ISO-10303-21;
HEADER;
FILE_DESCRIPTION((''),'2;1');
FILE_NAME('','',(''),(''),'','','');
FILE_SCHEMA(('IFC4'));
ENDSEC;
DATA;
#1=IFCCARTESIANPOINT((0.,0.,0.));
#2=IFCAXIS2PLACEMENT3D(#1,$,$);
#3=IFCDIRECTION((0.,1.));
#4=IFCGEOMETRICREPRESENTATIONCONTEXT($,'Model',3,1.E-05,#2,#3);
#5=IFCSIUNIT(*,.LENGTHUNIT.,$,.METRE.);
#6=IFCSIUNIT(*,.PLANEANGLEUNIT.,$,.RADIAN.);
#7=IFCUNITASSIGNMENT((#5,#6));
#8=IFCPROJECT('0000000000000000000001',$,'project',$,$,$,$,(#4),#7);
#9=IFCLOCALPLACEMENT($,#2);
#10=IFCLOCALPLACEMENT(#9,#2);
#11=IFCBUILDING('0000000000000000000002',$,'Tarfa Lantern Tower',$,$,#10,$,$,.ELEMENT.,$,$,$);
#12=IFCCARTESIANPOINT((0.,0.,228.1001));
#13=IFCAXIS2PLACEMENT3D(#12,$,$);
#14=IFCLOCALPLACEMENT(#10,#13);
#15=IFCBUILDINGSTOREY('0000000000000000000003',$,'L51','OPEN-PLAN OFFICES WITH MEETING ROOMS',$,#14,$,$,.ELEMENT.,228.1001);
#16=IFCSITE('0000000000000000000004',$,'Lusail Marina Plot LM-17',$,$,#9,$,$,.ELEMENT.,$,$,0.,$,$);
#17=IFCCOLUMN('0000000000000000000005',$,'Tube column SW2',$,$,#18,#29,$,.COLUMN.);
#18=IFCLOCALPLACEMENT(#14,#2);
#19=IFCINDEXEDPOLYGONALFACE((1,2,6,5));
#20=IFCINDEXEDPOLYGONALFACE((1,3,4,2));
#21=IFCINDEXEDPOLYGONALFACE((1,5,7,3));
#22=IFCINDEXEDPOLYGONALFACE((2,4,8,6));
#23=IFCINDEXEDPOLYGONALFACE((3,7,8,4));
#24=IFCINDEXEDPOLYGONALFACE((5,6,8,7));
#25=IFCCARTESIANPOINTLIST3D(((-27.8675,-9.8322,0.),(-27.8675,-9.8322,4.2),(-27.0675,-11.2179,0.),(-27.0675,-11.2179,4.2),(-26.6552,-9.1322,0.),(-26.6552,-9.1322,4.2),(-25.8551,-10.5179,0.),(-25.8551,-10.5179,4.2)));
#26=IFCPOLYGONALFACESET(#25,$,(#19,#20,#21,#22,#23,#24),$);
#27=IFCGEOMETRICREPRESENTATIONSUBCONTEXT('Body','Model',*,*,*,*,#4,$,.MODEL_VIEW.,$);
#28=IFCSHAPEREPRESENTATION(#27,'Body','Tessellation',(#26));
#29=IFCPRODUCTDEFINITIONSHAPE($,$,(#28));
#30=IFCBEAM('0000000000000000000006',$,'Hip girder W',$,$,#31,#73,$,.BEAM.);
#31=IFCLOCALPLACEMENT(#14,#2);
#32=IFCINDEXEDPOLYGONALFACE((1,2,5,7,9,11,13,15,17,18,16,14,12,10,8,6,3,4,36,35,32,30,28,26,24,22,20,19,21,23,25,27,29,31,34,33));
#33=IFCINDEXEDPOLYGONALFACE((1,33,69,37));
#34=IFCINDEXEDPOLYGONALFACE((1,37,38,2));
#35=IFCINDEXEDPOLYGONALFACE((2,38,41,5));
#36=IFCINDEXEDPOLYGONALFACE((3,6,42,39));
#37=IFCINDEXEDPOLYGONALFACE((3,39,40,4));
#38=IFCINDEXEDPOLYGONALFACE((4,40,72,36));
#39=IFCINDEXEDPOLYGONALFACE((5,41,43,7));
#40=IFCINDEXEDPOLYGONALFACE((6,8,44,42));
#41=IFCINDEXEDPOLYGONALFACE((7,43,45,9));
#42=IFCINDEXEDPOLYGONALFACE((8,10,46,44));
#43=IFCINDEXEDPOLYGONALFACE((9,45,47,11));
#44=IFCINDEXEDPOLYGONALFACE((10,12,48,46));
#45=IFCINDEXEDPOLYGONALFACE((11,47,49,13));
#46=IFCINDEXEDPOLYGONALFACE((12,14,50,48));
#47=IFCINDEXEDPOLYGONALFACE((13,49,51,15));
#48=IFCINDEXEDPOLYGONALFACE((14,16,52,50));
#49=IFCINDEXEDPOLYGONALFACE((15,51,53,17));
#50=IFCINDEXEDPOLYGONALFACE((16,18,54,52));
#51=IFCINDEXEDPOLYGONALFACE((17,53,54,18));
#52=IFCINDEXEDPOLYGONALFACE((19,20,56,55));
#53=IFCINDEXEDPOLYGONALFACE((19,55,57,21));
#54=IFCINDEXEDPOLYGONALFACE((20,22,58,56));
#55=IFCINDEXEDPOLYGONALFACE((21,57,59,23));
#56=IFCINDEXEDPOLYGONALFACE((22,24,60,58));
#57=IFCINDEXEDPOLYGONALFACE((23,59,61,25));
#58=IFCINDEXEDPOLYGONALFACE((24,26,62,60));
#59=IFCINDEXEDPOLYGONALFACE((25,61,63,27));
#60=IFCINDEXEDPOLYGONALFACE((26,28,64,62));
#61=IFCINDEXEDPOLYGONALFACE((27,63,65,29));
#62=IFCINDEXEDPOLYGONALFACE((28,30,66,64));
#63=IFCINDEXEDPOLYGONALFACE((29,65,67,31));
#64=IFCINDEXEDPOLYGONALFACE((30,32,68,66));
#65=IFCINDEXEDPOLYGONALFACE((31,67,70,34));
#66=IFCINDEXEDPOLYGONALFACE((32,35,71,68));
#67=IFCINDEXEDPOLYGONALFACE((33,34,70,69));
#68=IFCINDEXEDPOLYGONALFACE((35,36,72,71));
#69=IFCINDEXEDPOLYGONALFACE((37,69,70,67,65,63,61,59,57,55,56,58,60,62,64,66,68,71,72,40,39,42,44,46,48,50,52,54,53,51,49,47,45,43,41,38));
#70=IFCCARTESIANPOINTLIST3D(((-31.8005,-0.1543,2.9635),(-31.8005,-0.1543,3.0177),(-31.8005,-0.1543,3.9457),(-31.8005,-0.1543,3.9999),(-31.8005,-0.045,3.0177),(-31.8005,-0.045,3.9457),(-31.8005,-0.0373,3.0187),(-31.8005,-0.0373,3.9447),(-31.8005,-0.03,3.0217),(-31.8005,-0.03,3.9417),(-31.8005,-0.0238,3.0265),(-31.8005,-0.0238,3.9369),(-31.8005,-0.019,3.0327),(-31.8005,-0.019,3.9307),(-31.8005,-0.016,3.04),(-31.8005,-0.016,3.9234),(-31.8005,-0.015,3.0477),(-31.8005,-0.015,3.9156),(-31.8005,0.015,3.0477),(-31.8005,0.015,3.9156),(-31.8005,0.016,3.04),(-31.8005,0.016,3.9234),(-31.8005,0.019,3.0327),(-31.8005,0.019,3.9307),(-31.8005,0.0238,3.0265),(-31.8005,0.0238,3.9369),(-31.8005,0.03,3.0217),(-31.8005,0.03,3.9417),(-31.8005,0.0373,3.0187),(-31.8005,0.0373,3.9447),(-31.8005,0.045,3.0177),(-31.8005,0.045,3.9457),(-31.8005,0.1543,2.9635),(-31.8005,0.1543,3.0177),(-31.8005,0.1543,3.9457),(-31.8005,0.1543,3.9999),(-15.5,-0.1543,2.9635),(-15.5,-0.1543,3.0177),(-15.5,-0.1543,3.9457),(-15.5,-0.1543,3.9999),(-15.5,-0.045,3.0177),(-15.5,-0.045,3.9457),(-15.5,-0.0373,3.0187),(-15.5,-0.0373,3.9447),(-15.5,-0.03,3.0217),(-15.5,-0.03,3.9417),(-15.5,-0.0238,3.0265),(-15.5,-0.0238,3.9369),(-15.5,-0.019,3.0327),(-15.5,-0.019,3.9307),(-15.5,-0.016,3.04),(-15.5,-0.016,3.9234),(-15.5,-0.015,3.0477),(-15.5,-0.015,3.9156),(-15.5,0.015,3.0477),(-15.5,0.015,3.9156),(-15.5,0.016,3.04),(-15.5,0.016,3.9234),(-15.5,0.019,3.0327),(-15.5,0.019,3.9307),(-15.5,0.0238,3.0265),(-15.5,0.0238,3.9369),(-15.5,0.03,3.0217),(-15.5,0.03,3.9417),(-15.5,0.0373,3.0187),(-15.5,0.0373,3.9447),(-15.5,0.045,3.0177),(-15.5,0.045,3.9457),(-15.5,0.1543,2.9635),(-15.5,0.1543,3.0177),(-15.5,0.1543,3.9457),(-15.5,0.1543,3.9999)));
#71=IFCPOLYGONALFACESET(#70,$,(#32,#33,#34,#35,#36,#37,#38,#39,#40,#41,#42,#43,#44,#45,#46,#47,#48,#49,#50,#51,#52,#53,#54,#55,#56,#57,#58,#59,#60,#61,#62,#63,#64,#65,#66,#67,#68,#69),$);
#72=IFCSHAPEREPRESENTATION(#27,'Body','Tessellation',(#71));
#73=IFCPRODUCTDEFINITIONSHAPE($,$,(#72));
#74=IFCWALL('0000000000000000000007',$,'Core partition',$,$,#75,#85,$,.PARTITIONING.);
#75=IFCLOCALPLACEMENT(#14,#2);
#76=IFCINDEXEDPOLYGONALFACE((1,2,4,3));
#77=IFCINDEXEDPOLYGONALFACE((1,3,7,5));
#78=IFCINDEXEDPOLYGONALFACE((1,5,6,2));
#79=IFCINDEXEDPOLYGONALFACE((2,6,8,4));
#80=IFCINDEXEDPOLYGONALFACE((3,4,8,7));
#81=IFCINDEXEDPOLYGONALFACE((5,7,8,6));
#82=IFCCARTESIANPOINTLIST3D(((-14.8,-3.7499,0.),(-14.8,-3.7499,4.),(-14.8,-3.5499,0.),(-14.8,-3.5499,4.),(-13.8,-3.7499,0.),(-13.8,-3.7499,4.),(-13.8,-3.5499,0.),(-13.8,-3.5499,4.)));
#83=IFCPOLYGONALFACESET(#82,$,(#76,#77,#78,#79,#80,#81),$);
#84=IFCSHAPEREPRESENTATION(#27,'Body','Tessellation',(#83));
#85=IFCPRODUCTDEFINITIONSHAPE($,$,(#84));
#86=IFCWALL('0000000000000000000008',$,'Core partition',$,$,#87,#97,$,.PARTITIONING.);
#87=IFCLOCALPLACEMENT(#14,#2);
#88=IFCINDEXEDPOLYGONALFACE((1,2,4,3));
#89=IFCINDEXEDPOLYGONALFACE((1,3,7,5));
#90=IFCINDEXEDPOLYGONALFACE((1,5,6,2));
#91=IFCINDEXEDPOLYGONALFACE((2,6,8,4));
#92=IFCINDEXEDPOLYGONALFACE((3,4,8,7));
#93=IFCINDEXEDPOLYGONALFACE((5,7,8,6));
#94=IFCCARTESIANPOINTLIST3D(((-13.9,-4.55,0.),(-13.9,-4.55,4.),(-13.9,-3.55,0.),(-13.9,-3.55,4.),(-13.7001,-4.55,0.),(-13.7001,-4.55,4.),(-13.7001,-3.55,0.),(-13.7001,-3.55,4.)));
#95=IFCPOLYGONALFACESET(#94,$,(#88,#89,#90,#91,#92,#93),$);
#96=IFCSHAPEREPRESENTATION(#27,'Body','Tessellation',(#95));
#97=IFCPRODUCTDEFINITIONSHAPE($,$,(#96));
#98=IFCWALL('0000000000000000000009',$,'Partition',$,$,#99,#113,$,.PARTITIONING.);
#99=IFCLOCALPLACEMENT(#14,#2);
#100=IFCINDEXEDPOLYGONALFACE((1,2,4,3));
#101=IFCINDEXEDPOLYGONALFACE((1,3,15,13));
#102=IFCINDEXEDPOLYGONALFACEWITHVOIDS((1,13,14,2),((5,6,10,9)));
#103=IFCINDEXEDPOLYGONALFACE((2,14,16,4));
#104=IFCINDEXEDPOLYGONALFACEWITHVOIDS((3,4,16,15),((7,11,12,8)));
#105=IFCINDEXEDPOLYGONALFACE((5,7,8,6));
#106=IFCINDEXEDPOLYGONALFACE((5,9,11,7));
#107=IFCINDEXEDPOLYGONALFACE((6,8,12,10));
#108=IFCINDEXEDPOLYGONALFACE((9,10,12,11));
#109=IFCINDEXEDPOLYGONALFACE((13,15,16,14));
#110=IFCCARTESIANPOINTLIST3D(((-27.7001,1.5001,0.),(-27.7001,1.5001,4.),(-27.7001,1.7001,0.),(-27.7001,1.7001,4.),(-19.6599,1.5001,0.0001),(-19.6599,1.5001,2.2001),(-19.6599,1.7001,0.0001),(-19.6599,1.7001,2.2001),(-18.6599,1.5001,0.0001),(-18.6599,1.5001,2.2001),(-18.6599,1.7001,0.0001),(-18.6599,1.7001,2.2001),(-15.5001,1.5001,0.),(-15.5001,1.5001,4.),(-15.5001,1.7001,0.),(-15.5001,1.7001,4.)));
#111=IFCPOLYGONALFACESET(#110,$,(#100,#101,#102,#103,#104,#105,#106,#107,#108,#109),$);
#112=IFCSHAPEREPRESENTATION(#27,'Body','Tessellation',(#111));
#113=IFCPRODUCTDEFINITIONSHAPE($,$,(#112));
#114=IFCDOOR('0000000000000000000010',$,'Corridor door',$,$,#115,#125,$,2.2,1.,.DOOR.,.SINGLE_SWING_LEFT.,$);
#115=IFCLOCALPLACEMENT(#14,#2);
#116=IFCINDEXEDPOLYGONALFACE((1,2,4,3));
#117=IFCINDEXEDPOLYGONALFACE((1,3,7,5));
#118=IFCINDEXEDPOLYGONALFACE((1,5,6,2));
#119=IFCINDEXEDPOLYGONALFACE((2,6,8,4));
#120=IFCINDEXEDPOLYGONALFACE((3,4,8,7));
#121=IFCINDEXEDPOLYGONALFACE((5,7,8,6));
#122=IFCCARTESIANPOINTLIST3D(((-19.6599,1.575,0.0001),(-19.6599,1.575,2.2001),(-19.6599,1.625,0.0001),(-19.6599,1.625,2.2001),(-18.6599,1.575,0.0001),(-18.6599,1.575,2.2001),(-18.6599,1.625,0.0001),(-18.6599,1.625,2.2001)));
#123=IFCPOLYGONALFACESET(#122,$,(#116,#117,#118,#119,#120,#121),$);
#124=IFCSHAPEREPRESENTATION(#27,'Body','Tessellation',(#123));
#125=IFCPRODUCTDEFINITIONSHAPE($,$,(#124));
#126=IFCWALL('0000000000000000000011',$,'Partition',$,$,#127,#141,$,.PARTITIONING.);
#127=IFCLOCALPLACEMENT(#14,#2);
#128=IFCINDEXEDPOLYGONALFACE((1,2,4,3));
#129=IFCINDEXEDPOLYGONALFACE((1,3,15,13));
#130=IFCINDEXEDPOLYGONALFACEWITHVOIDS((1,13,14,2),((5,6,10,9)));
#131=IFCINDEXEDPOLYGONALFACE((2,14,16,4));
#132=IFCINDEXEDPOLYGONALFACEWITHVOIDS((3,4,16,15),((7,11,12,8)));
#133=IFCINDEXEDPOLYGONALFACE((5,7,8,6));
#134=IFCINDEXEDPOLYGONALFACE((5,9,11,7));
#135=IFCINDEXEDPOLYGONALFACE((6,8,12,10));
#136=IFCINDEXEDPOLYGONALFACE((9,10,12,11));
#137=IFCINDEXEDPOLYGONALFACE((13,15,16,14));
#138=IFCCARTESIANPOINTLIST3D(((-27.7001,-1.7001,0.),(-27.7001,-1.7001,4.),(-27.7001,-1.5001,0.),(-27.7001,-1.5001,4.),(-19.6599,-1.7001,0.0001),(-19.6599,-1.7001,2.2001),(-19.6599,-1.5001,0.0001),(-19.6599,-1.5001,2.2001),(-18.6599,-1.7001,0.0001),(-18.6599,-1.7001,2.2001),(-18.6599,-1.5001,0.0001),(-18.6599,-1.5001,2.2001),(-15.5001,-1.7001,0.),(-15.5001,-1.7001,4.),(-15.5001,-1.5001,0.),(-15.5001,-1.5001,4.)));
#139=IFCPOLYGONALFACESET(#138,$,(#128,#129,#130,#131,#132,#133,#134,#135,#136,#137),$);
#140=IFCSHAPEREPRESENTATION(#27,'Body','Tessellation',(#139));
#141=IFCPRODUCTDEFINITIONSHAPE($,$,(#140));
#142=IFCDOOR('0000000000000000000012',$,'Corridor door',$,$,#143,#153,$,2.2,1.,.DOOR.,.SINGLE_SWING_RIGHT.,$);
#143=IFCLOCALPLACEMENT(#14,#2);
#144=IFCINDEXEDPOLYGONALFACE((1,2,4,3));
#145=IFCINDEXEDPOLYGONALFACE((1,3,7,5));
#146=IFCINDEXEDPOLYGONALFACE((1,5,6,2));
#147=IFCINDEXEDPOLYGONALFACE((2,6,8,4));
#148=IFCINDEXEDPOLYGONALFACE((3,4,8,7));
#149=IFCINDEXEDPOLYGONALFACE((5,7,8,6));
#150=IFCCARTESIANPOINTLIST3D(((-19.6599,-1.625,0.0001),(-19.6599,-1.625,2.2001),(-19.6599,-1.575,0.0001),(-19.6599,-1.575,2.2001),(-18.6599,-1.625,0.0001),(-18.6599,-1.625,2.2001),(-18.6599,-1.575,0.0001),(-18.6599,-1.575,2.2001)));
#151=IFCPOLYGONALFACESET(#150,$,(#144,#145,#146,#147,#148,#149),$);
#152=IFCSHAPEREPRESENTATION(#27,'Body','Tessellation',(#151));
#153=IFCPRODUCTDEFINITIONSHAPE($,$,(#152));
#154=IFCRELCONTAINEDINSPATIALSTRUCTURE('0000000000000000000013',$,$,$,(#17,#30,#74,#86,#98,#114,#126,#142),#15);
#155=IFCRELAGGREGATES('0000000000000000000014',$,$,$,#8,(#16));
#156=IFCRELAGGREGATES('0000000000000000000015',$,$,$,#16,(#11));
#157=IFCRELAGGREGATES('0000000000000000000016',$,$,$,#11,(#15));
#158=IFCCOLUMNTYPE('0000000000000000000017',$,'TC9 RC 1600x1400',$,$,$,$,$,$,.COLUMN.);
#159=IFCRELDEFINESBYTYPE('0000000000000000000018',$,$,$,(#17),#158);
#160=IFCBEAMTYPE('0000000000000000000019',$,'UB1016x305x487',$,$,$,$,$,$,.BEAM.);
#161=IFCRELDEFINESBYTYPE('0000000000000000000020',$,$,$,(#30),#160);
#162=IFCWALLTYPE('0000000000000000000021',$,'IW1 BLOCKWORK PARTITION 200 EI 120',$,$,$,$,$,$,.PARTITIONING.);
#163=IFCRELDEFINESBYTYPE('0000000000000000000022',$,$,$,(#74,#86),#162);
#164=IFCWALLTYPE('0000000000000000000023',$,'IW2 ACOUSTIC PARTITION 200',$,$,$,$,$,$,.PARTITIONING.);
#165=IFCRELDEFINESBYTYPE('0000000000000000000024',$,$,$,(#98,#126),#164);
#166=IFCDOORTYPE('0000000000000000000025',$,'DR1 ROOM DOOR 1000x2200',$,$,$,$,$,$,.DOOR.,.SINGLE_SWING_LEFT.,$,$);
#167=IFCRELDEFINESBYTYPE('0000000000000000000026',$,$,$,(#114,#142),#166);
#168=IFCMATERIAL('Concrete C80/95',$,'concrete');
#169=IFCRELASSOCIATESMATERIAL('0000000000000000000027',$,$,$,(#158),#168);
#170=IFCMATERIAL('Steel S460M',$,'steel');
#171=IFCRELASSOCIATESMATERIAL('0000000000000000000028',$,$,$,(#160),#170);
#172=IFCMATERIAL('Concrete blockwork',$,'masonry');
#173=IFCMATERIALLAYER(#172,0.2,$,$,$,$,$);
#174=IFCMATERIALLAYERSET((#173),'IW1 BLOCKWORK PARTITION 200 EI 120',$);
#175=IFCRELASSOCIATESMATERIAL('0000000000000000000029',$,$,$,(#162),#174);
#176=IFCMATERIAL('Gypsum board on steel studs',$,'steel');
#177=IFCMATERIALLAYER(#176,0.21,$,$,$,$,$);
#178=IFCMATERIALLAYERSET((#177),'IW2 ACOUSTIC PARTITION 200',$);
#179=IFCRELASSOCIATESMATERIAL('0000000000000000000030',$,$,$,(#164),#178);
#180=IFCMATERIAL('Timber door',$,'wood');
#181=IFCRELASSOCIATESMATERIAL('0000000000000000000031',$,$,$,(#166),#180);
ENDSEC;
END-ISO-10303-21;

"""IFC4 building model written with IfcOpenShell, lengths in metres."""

from ifc_helpers import new_model, si_unit, direction, frame, frame_2d, origin, origin_2d, place, context, subcontext, project, spatial, rectangle, i_section, extrude, material, layer, layer_set, material_profile, profile_set, type_object, element, fill, save


model = new_model("IFC4")

# Units and contexts
model_context = context("Model", 3, precision=1e-05, world=origin(), true_north=direction((0.0, 1.0)))
body_context = subcontext(model_context, "Body", "Model", "MODEL_VIEW")
ifc_project = project(units=[si_unit("LENGTHUNIT", "METRE"), si_unit("PLANEANGLEUNIT", "RADIAN")], contexts=[model_context])

# Site, building, storey
site_placement = place(None, origin())
site = spatial("IfcSite", under=ifc_project, at=site_placement, Name="Lusail Marina Plot LM-17", CompositionType="ELEMENT", RefElevation=0.0)
building_placement = place(site_placement, origin())
building = spatial("IfcBuilding", under=site, at=building_placement, Name="Tarfa Lantern Tower", CompositionType="ELEMENT")
storey_placement = place(building_placement, frame((0.0, 0.0, 228.1001)))
storey = spatial("IfcBuildingStorey", under=building, at=storey_placement, Name="L51", Description="OPEN-PLAN OFFICES WITH MEETING ROOMS", CompositionType="ELEMENT", Elevation=228.1001)

# Column
ifc_material_1 = material(Name="Concrete C80/95", Category="concrete")
ifc_material_profile_1 = material_profile(ifc_material_1, rectangle(XDim=1.6001, YDim=1.3999, at=origin_2d()), Name="RC 1600x1400")
ifc_profile_set_1 = profile_set([ifc_material_profile_1], Name="Concrete C80/95")
column_type = type_object("IfcColumnType", Name="TC9 RC 1600x1400", PredefinedType="COLUMN", material=ifc_profile_set_1)
column_placement = place(storey_placement, frame((-26.8613, -10.175, 0.0), z_axis=(0.0, 0.0, 1.0), x_axis=(0.5, -0.866025, 0.0)))
element("IfcColumn", 1, at=column_placement, inside=storey, type_object=column_type, Name="Tube column SW2", PredefinedType="COLUMN", context=body_context, shape_type="SweptSolid", body=[
    extrude(rectangle(XDim=1.6001, YDim=1.3999, at=origin_2d()), origin(), (0.0, 0.0, 1.0), 4.2),
])

# Beam
ifc_material_2 = material(Name="Steel S460M", Category="steel")
ifc_material_profile_2 = material_profile(ifc_material_2, i_section(OverallWidth=0.3086, OverallDepth=1.0364, WebThickness=0.03, FlangeThickness=0.0542, FilletRadius=0.03, at=origin_2d()), Name="UB1016x305x487")
ifc_profile_set_2 = profile_set([ifc_material_profile_2], Name="Steel S460M")
beam_type = type_object("IfcBeamType", Name="UB1016x305x487", PredefinedType="BEAM", material=ifc_profile_set_2)
beam_placement = place(storey_placement, frame((-15.5, 0.0, 3.4817), z_axis=(-1.0, 0.0, 0.0), x_axis=(0.0, -1.0, 0.0)))
element("IfcBeam", 2, at=beam_placement, inside=storey, type_object=beam_type, Name="Hip girder W", PredefinedType="BEAM", context=body_context, shape_type="SweptSolid", body=[
    extrude(i_section(OverallWidth=0.3086, OverallDepth=1.0364, WebThickness=0.03, FlangeThickness=0.0542, FilletRadius=0.03, at=origin_2d()), origin(), (0.0, 0.0, 1.0), 16.3005),
])

# Walls
ifc_material_3 = material(Name="Concrete blockwork", Category="masonry")
ifc_layer_1 = layer(ifc_material_3, 0.2)
ifc_layer_set_1 = layer_set([ifc_layer_1], Name="IW1 BLOCKWORK PARTITION 200 EI 120")
wall_type_1 = type_object("IfcWallType", Name="IW1 BLOCKWORK PARTITION 200 EI 120", PredefinedType="PARTITIONING", material=ifc_layer_set_1)
for number, where, z_axis, x_axis, name in (
    (3, (-13.8, -3.6499, 0.0), (0.0, 0.0, 1.0), (-1.0, 0.0, 0.0), "Core partition"),
    (4, (-13.8, -3.55, 0.0), (0.0, 0.0, 1.0), (0.0, -1.0, 0.0), "Core partition"),
):
    element("IfcWall", number, at=place(storey_placement, frame(where, z_axis=z_axis, x_axis=x_axis)), inside=storey, type_object=wall_type_1, Name=name, PredefinedType="PARTITIONING", context=body_context, shape_type="SweptSolid", body=[
        extrude(rectangle(XDim=1.0, YDim=0.2, at=frame_2d((0.5, 0.0))), origin(), (0.0, 0.0, 1.0), 4.0),
    ])

# Walls, openings, doors
ifc_material_4 = material(Name="Gypsum board on steel studs", Category="steel")
ifc_layer_2 = layer(ifc_material_4, 0.21)
ifc_layer_set_2 = layer_set([ifc_layer_2], Name="IW2 ACOUSTIC PARTITION 200")
wall_type_2 = type_object("IfcWallType", Name="IW2 ACOUSTIC PARTITION 200", PredefinedType="PARTITIONING", material=ifc_layer_set_2)
wall_1_placement = place(storey_placement, frame((-15.5, 1.6001, 0.0), z_axis=(0.0, 0.0, 1.0), x_axis=(-1.0, 0.0, 0.0)))
wall_1 = element("IfcWall", 5, at=wall_1_placement, inside=storey, type_object=wall_type_2, Name="Partition", PredefinedType="PARTITIONING", context=body_context, shape_type="SweptSolid", body=[
    extrude(rectangle(XDim=12.2, YDim=0.2, at=frame_2d((6.1001, 0.0))), origin(), (0.0, 0.0, 1.0), 4.0),
])
opening_1_placement = place(wall_1_placement, frame((3.1599, 0.0, 0.0)))
opening_1 = element("IfcOpeningElement", 6, at=opening_1_placement, cuts=wall_1, PredefinedType="OPENING", context=body_context, shape_type="SweptSolid", body=[
    extrude(rectangle(XDim=1.0, YDim=2.2, at=frame_2d((0.5, 1.1001))), frame((0.0, 0.1099, 0.0), z_axis=(0.0, -1.0, 0.0), x_axis=(1.0, 0.0, 0.0)), (0.0, 0.0, 1.0), 0.22),
])
ifc_material_5 = material(Name="Timber door", Category="wood")
door_type_1 = type_object("IfcDoorType", Name="DR1 ROOM DOOR 1000x2200", OperationType="SINGLE_SWING_LEFT", PredefinedType="DOOR", material=ifc_material_5)
door_1_placement = place(opening_1_placement, frame((1.0, 0.0, 0.0), z_axis=(0.0, 0.0, 1.0), x_axis=(-1.0, 0.0, 0.0)))
door_1 = element("IfcDoor", 7, at=door_1_placement, inside=storey, type_object=door_type_1, Name="Corridor door", OperationType="SINGLE_SWING_LEFT", OverallHeight=2.2, OverallWidth=1.0, PredefinedType="DOOR", context=body_context, shape_type="SweptSolid", body=[
    extrude(rectangle(XDim=1.0, YDim=2.2, at=frame_2d((0.5, 1.1001))), frame((0.0, 0.0249, 0.0), z_axis=(0.0, -1.0, 0.0), x_axis=(1.0, 0.0, 0.0)), (0.0, 0.0, 1.0), 0.05),
])
fill(opening_1, door_1)
wall_2_placement = place(storey_placement, frame((-15.5, -1.6001, 0.0), z_axis=(0.0, 0.0, 1.0), x_axis=(-1.0, 0.0, 0.0)))
wall_2 = element("IfcWall", 8, at=wall_2_placement, inside=storey, type_object=wall_type_2, Name="Partition", PredefinedType="PARTITIONING", context=body_context, shape_type="SweptSolid", body=[
    extrude(rectangle(XDim=12.2, YDim=0.2, at=frame_2d((6.1001, 0.0))), origin(), (0.0, 0.0, 1.0), 4.0),
])
opening_2_placement = place(wall_2_placement, frame((3.1599, 0.0, 0.0)))
opening_2 = element("IfcOpeningElement", 9, at=opening_2_placement, cuts=wall_2, PredefinedType="OPENING", context=body_context, shape_type="SweptSolid", body=[
    extrude(rectangle(XDim=1.0, YDim=2.2, at=frame_2d((0.5, 1.1001))), frame((0.0, 0.1099, 0.0), z_axis=(0.0, -1.0, 0.0), x_axis=(1.0, 0.0, 0.0)), (0.0, 0.0, 1.0), 0.22),
])
door_2_placement = place(opening_2_placement, origin())
door_2 = element("IfcDoor", 10, at=door_2_placement, inside=storey, type_object=door_type_1, Name="Corridor door", OperationType="SINGLE_SWING_RIGHT", OverallHeight=2.2, OverallWidth=1.0, PredefinedType="DOOR", context=body_context, shape_type="SweptSolid", body=[
    extrude(rectangle(XDim=1.0, YDim=2.2, at=frame_2d((0.5, 1.1001))), frame((0.0, 0.0249, 0.0), z_axis=(0.0, -1.0, 0.0), x_axis=(1.0, 0.0, 0.0)), (0.0, 0.0, 1.0), 0.05),
])
fill(opening_2, door_2)

save(model, "model.ifc")
